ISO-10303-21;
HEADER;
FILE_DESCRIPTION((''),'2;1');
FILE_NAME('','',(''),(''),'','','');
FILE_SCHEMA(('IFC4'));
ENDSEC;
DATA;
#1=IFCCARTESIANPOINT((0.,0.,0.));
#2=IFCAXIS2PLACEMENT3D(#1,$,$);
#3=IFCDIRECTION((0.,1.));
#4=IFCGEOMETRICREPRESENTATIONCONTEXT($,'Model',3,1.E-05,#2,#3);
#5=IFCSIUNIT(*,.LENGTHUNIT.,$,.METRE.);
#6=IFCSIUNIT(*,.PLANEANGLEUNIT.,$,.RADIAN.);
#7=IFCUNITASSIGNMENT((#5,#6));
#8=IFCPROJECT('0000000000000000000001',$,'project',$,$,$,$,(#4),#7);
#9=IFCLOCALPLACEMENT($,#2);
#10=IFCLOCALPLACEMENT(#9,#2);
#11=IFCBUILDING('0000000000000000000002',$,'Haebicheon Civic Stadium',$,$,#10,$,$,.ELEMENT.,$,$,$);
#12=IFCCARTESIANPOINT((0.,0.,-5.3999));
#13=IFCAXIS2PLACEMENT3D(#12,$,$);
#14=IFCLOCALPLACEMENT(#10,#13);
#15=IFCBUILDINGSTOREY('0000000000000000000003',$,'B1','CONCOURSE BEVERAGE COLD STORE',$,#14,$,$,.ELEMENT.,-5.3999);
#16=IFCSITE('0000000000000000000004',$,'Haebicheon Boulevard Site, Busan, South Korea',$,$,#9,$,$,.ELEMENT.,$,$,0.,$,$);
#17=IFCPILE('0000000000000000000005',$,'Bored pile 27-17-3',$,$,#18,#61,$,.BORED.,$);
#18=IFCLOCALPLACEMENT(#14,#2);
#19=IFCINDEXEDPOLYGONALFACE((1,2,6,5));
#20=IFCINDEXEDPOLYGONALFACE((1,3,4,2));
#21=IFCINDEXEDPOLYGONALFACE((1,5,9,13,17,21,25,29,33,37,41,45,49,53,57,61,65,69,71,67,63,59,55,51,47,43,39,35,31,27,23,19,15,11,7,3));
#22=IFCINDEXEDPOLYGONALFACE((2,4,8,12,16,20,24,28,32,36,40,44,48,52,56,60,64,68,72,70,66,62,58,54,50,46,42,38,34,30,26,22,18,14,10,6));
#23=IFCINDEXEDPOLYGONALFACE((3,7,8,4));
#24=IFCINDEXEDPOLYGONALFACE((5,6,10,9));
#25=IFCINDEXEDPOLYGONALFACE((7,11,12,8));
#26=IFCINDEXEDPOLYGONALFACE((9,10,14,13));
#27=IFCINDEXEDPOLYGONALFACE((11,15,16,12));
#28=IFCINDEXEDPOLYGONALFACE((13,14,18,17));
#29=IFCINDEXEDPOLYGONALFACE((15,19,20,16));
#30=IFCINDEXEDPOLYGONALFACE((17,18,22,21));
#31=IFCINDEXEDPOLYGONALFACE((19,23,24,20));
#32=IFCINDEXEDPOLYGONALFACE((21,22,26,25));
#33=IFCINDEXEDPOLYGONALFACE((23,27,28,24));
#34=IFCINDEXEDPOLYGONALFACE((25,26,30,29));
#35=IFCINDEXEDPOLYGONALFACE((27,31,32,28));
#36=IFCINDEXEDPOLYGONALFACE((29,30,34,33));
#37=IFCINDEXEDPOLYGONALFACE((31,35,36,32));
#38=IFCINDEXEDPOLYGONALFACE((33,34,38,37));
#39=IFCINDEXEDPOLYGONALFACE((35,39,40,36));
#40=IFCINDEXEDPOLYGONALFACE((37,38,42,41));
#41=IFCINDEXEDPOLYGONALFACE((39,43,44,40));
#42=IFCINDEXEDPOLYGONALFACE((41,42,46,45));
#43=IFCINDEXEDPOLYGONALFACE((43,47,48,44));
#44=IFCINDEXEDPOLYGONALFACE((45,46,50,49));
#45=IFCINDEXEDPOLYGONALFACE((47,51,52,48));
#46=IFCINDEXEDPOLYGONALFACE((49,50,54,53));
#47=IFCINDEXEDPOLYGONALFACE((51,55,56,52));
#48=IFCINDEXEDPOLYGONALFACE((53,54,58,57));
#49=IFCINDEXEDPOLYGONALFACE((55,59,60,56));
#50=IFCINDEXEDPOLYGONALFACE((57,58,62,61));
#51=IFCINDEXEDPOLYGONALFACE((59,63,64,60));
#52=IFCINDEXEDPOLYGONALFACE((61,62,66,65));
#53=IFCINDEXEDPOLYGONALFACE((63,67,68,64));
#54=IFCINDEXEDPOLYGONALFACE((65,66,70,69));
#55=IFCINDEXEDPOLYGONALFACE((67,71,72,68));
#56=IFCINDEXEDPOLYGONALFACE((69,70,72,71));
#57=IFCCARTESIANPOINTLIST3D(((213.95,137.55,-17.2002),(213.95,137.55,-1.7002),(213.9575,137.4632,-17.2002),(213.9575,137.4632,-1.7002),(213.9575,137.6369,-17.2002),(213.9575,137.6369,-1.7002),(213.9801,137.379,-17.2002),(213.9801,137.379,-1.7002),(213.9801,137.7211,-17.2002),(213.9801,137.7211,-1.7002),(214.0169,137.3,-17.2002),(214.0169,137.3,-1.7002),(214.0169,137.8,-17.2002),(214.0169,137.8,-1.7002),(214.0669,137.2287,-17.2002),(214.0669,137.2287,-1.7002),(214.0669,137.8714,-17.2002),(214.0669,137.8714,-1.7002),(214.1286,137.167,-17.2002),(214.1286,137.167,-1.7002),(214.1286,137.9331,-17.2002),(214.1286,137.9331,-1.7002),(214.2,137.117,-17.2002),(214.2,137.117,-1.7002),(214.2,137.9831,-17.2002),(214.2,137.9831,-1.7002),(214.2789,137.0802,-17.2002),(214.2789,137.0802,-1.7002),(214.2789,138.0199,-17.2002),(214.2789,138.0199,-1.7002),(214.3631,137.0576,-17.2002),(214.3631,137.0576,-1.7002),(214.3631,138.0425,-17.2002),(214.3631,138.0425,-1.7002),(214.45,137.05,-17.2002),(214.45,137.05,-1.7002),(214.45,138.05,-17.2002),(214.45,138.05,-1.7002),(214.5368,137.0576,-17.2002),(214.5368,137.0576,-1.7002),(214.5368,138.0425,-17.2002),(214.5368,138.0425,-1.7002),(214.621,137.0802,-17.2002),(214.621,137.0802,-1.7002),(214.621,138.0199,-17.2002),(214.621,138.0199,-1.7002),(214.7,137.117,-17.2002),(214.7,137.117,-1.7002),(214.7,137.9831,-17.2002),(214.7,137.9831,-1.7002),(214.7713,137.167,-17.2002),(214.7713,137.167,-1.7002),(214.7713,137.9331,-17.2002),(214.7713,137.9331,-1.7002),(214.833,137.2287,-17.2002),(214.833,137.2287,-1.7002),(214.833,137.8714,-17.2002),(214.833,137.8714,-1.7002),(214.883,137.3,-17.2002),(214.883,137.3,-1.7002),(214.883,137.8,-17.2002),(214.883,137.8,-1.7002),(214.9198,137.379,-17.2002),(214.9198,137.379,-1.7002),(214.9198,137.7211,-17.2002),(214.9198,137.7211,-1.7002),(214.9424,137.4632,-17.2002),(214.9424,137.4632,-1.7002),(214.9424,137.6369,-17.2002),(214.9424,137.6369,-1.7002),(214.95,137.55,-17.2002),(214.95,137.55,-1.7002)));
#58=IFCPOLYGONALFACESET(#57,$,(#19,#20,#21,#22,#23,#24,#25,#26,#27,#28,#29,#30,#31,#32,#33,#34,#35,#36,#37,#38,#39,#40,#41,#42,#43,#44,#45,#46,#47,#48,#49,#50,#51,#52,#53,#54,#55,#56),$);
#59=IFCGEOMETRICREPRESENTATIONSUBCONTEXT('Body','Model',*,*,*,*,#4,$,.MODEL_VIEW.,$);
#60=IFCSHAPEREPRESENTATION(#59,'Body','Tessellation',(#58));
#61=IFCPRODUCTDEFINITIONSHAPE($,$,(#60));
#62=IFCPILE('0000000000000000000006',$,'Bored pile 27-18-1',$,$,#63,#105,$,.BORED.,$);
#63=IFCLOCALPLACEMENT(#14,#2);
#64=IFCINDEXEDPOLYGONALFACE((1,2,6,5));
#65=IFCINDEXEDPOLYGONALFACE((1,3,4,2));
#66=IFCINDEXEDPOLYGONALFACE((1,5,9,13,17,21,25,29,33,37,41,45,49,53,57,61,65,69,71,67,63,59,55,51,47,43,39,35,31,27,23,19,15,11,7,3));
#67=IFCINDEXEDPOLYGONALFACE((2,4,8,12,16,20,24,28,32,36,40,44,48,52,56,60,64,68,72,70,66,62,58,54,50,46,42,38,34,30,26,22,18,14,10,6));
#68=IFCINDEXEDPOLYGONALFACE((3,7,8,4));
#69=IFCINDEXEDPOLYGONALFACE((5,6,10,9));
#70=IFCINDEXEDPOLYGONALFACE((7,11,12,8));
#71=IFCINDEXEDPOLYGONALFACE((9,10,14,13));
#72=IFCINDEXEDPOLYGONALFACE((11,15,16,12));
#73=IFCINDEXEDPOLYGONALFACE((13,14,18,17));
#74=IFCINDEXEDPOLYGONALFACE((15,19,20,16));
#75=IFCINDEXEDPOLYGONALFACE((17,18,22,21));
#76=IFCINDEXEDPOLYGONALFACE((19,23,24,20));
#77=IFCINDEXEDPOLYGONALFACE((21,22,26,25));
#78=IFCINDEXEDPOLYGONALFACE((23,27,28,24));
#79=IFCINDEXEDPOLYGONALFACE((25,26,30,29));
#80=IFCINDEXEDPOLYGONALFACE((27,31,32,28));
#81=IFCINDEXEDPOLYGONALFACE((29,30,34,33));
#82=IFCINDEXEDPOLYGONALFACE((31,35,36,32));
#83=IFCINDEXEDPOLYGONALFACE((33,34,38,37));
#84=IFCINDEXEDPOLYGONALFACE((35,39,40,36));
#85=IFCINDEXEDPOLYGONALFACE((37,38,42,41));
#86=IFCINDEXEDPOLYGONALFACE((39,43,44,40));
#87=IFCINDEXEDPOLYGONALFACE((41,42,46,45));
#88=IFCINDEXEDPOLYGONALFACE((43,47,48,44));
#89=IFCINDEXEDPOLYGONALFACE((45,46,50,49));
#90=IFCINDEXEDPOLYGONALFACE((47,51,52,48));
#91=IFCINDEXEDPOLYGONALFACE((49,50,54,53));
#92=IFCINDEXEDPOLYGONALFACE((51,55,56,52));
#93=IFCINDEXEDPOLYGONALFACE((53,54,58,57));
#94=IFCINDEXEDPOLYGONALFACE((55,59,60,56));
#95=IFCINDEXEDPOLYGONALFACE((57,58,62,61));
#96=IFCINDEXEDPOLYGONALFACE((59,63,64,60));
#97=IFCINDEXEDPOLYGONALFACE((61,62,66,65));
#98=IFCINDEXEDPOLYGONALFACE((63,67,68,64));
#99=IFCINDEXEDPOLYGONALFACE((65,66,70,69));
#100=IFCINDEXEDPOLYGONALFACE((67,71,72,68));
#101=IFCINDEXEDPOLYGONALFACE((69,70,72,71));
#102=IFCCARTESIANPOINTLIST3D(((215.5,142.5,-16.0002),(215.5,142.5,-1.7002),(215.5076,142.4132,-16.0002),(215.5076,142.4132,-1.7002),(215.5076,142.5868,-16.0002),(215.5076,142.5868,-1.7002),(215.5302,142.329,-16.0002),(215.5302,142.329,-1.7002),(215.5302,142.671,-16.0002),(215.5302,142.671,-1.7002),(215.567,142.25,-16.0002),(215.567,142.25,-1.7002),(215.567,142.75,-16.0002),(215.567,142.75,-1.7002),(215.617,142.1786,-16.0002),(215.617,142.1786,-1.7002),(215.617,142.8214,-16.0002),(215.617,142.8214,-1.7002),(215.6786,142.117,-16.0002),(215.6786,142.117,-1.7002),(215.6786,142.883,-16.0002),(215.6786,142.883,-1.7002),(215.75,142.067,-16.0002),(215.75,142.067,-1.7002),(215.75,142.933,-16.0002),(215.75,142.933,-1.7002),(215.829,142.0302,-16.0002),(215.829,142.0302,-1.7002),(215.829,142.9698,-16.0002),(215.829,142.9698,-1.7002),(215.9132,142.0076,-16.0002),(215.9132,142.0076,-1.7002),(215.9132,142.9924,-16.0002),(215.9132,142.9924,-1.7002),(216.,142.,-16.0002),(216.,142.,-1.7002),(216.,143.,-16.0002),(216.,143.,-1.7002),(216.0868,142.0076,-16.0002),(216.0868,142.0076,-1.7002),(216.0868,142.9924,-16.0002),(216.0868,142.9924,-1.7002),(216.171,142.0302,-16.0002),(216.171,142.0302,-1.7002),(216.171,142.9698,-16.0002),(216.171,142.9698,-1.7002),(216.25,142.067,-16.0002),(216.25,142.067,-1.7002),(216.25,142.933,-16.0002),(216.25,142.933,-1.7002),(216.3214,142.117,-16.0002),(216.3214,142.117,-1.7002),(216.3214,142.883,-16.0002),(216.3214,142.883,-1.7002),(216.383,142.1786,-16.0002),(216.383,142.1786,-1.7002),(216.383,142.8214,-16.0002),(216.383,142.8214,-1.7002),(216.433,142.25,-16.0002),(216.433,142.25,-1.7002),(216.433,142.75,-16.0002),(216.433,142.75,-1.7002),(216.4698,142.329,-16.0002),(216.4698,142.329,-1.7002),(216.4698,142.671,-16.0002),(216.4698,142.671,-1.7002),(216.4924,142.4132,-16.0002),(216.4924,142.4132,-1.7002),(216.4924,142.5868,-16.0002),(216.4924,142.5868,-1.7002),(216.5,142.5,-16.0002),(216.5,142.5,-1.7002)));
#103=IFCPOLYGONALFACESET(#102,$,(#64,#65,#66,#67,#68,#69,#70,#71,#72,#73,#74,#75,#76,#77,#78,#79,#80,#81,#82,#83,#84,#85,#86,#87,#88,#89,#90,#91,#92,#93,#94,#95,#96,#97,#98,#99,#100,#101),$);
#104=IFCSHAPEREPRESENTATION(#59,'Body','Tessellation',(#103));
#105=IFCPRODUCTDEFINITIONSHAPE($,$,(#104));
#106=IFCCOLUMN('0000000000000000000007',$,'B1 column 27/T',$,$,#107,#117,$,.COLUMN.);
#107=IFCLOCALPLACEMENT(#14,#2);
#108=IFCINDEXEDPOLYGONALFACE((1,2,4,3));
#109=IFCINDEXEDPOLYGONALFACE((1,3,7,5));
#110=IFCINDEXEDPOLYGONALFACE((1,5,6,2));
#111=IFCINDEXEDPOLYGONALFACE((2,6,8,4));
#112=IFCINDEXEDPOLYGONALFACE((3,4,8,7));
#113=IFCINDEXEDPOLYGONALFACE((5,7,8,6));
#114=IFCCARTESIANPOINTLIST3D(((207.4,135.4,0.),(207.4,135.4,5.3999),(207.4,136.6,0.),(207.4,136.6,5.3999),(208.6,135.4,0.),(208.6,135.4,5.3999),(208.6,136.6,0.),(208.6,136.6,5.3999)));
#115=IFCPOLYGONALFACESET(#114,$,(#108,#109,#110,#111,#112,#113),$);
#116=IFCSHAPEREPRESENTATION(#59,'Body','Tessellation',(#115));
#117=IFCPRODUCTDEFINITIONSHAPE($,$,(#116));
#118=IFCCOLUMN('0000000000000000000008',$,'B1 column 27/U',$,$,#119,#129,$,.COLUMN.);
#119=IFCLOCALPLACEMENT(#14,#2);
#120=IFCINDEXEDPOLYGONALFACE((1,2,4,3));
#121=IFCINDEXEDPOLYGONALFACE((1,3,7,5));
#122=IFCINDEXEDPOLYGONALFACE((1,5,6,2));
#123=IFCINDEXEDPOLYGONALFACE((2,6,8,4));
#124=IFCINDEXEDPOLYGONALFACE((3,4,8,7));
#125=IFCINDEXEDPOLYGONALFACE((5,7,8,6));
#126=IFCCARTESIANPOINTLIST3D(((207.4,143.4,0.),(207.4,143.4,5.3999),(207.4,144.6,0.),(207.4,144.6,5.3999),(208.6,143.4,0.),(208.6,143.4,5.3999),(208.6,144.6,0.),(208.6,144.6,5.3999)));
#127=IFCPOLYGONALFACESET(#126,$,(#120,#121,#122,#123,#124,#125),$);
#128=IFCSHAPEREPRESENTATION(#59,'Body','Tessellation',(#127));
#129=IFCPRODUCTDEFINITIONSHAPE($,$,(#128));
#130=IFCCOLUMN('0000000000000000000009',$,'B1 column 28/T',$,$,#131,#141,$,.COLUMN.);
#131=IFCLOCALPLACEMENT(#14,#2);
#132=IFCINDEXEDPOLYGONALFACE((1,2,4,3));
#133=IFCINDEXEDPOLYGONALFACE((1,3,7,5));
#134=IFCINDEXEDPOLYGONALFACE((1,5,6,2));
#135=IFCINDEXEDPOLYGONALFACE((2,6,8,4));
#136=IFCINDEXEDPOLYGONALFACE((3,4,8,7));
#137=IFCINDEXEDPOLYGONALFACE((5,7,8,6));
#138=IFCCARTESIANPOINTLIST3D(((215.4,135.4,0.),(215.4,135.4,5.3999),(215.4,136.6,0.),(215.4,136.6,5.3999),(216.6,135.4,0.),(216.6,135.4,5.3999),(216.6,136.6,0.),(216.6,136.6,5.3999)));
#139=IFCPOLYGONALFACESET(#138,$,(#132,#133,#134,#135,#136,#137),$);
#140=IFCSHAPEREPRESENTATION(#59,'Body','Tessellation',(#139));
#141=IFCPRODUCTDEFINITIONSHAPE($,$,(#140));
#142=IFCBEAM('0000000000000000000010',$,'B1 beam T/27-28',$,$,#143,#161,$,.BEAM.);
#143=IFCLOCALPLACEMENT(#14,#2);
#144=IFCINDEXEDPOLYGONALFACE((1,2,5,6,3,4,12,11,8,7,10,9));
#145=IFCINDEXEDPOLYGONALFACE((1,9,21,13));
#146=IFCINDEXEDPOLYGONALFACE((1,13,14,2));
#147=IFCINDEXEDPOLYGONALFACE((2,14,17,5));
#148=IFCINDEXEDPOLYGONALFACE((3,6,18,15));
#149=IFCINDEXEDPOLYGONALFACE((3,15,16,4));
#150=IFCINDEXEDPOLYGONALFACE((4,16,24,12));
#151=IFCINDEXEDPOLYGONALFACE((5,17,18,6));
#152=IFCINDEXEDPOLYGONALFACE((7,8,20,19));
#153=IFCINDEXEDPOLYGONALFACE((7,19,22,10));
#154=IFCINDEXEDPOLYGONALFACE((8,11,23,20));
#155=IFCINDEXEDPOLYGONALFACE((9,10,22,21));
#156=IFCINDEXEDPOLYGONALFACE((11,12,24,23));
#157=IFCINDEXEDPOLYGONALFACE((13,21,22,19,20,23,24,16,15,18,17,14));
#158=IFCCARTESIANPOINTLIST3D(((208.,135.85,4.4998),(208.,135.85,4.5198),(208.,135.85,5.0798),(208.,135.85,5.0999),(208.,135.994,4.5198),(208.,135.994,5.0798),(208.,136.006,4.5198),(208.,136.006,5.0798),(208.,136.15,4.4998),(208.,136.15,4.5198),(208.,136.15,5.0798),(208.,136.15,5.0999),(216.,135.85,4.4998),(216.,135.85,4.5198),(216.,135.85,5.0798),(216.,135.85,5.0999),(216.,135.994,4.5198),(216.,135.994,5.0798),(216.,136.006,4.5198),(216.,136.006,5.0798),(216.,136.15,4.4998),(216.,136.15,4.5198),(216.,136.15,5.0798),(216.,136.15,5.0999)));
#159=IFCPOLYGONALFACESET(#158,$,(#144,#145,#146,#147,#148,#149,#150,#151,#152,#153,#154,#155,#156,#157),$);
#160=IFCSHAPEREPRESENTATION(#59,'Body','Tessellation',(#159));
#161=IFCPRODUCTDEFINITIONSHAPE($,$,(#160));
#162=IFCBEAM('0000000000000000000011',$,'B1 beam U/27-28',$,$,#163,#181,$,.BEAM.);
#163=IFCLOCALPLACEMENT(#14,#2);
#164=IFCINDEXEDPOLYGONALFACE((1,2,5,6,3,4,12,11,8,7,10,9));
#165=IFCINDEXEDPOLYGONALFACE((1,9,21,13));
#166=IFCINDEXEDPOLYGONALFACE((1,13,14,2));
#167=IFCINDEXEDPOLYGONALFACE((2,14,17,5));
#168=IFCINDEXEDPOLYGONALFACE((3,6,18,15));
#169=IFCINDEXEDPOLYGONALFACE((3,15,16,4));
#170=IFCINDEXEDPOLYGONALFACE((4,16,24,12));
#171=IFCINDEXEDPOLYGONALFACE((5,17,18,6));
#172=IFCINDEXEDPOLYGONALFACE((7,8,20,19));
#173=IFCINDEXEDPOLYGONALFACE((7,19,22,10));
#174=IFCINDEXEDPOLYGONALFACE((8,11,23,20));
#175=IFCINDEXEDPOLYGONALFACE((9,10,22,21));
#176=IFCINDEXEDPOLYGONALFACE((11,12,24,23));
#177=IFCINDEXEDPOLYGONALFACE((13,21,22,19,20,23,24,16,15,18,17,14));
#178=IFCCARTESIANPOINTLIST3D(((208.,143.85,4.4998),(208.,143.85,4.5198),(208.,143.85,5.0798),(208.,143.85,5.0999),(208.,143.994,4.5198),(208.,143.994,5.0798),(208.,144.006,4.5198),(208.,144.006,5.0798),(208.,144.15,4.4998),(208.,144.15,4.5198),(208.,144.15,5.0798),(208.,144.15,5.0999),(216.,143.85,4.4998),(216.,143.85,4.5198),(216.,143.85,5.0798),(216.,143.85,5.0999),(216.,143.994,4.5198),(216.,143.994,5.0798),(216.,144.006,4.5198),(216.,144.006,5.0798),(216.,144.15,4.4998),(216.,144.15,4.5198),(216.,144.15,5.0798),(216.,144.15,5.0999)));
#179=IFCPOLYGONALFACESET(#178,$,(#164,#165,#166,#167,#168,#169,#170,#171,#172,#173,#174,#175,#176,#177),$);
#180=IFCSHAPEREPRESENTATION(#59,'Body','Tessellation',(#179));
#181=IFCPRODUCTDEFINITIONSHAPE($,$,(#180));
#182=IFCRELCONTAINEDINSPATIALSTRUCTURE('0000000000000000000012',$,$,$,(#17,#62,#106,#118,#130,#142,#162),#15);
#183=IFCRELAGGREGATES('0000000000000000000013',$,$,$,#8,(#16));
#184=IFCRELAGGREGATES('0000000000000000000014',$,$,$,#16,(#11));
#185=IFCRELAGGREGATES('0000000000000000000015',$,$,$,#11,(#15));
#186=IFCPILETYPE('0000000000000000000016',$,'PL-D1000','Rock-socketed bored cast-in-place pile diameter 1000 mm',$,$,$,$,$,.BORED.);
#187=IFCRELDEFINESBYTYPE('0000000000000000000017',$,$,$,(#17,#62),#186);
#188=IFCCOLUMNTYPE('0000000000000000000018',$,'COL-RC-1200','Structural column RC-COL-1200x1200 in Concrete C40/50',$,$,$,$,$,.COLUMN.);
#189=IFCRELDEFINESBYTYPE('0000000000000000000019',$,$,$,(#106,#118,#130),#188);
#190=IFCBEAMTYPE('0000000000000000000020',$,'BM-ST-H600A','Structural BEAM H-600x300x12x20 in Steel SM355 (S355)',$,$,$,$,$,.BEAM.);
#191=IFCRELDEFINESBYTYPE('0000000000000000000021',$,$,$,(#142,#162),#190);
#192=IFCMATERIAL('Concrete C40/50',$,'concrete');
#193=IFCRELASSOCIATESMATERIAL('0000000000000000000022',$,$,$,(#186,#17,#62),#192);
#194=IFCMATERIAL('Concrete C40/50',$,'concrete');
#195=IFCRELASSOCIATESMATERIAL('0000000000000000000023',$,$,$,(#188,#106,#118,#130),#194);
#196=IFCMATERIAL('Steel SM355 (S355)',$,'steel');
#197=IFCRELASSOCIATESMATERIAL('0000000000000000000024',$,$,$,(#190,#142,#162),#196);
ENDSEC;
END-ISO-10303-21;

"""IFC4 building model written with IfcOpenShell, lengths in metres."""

from ifc_helpers import new_model, si_unit, direction, frame, origin, origin_2d, place, context, subcontext, project, spatial, rectangle, circle, i_section, extrude, material, material_profile, profile_set, type_object, element, save


model = new_model("IFC4")

# Units and contexts
model_context = context("Model", 3, precision=1e-05, world=origin(), true_north=direction((0.0, 1.0)))
body_context = subcontext(model_context, "Body", "Model", "MODEL_VIEW")
ifc_project = project(units=[si_unit("LENGTHUNIT", "METRE"), si_unit("PLANEANGLEUNIT", "RADIAN")], contexts=[model_context])

# Site, building, storey
site_placement = place(None, origin())
site = spatial("IfcSite", under=ifc_project, at=site_placement, Name="Haebicheon Boulevard Site, Busan, South Korea", CompositionType="ELEMENT", RefElevation=0.0)
building_placement = place(site_placement, origin())
building = spatial("IfcBuilding", under=site, at=building_placement, Name="Haebicheon Civic Stadium", CompositionType="ELEMENT")
storey_placement = place(building_placement, frame((0.0, 0.0, -5.3999)))
storey = spatial("IfcBuildingStorey", under=building, at=storey_placement, Name="B1", Description="CONCOURSE BEVERAGE COLD STORE", CompositionType="ELEMENT", Elevation=-5.3999)

# Piles
ifc_material_1 = material(Name="Concrete C40/50", Category="concrete")
ifc_material_profile_1 = material_profile(ifc_material_1, circle(Radius=0.5, at=origin_2d()), Name="PILE-D1000")
ifc_profile_set_1 = profile_set([ifc_material_profile_1], Name="Concrete C40/50")
pile_type = type_object("IfcPileType", Name="PL-D1000", Description="Rock-socketed bored cast-in-place pile diameter 1000 mm", PredefinedType="BORED", material=ifc_profile_set_1)
pile_1_placement = place(storey_placement, frame((214.45, 137.55, -1.7002), z_axis=(0.0, 0.0, -1.0), x_axis=(1.0, 0.0, 0.0)))
element("IfcPile", 1, at=pile_1_placement, inside=storey, type_object=pile_type, material=ifc_profile_set_1, Name="Bored pile 27-17-3", PredefinedType="BORED", context=body_context, shape_type="SweptSolid", body=[
    extrude(circle(Radius=0.5, at=origin_2d()), origin(), (0.0, 0.0, 1.0), 15.5),
])
pile_2_placement = place(storey_placement, frame((216.0, 142.5, -1.7002), z_axis=(0.0, 0.0, -1.0), x_axis=(1.0, 0.0, 0.0)))
element("IfcPile", 2, at=pile_2_placement, inside=storey, type_object=pile_type, material=ifc_profile_set_1, Name="Bored pile 27-18-1", PredefinedType="BORED", context=body_context, shape_type="SweptSolid", body=[
    extrude(circle(Radius=0.5, at=origin_2d()), origin(), (0.0, 0.0, 1.0), 14.3),
])

# Columns
ifc_material_2 = material(Name="Concrete C40/50", Category="concrete")
ifc_material_profile_2 = material_profile(ifc_material_2, rectangle(XDim=1.2, YDim=1.2, at=origin_2d()), Name="RC-COL-1200x1200")
ifc_profile_set_2 = profile_set([ifc_material_profile_2], Name="Concrete C40/50")
column_type = type_object("IfcColumnType", Name="COL-RC-1200", Description="Structural column RC-COL-1200x1200 in Concrete C40/50", PredefinedType="COLUMN", material=ifc_profile_set_2)
for number, where, z_axis, x_axis, name in (
    (3, (208.0, 136.0, 0.0), (0.0, 0.0, 1.0), (1.0, 0.0, 0.0), "B1 column 27/T"),
    (4, (208.0, 144.0, 0.0), (0.0, 0.0, 1.0), (1.0, 0.0, 0.0), "B1 column 27/U"),
    (5, (216.0, 136.0, 0.0), (0.0, 0.0, 1.0), (1.0, 0.0, 0.0), "B1 column 28/T"),
):
    element("IfcColumn", number, at=place(storey_placement, frame(where, z_axis=z_axis, x_axis=x_axis)), inside=storey, type_object=column_type, material=ifc_profile_set_2, Name=name, PredefinedType="COLUMN", context=body_context, shape_type="SweptSolid", body=[
        extrude(rectangle(XDim=1.2, YDim=1.2, at=origin_2d()), origin(), (0.0, 0.0, 1.0), 5.3999),
    ])

# Beams
ifc_material_3 = material(Name="Steel SM355 (S355)", Category="steel")
ifc_material_profile_3 = material_profile(ifc_material_3, i_section(OverallWidth=0.3, OverallDepth=0.6001, WebThickness=0.012, FlangeThickness=0.02, at=origin_2d()), Name="H-600x300x12x20")
ifc_profile_set_3 = profile_set([ifc_material_profile_3], Name="Steel SM355 (S355)")
beam_type_1 = type_object("IfcBeamType", Name="BM-ST-H600A", Description="Structural BEAM H-600x300x12x20 in Steel SM355 (S355)", PredefinedType="BEAM", material=ifc_profile_set_3)
for number, where, z_axis, x_axis, name in (
    (6, (208.0, 136.0, 4.7998), (1.0, 0.0, 0.0), (0.0, 1.0, 0.0), "B1 beam T/27-28"),
    (7, (208.0, 144.0, 4.7998), (1.0, 0.0, 0.0), (0.0, 1.0, 0.0), "B1 beam U/27-28"),
):
    element("IfcBeam", number, at=place(storey_placement, frame(where, z_axis=z_axis, x_axis=x_axis)), inside=storey, type_object=beam_type_1, material=ifc_profile_set_3, Name=name, PredefinedType="BEAM", context=body_context, shape_type="SweptSolid", body=[
        extrude(i_section(OverallWidth=0.3, OverallDepth=0.6001, WebThickness=0.012, FlangeThickness=0.02, at=origin_2d()), origin(), (0.0, 0.0, 1.0), 8.0),
    ])

save(model, "model.ifc")
